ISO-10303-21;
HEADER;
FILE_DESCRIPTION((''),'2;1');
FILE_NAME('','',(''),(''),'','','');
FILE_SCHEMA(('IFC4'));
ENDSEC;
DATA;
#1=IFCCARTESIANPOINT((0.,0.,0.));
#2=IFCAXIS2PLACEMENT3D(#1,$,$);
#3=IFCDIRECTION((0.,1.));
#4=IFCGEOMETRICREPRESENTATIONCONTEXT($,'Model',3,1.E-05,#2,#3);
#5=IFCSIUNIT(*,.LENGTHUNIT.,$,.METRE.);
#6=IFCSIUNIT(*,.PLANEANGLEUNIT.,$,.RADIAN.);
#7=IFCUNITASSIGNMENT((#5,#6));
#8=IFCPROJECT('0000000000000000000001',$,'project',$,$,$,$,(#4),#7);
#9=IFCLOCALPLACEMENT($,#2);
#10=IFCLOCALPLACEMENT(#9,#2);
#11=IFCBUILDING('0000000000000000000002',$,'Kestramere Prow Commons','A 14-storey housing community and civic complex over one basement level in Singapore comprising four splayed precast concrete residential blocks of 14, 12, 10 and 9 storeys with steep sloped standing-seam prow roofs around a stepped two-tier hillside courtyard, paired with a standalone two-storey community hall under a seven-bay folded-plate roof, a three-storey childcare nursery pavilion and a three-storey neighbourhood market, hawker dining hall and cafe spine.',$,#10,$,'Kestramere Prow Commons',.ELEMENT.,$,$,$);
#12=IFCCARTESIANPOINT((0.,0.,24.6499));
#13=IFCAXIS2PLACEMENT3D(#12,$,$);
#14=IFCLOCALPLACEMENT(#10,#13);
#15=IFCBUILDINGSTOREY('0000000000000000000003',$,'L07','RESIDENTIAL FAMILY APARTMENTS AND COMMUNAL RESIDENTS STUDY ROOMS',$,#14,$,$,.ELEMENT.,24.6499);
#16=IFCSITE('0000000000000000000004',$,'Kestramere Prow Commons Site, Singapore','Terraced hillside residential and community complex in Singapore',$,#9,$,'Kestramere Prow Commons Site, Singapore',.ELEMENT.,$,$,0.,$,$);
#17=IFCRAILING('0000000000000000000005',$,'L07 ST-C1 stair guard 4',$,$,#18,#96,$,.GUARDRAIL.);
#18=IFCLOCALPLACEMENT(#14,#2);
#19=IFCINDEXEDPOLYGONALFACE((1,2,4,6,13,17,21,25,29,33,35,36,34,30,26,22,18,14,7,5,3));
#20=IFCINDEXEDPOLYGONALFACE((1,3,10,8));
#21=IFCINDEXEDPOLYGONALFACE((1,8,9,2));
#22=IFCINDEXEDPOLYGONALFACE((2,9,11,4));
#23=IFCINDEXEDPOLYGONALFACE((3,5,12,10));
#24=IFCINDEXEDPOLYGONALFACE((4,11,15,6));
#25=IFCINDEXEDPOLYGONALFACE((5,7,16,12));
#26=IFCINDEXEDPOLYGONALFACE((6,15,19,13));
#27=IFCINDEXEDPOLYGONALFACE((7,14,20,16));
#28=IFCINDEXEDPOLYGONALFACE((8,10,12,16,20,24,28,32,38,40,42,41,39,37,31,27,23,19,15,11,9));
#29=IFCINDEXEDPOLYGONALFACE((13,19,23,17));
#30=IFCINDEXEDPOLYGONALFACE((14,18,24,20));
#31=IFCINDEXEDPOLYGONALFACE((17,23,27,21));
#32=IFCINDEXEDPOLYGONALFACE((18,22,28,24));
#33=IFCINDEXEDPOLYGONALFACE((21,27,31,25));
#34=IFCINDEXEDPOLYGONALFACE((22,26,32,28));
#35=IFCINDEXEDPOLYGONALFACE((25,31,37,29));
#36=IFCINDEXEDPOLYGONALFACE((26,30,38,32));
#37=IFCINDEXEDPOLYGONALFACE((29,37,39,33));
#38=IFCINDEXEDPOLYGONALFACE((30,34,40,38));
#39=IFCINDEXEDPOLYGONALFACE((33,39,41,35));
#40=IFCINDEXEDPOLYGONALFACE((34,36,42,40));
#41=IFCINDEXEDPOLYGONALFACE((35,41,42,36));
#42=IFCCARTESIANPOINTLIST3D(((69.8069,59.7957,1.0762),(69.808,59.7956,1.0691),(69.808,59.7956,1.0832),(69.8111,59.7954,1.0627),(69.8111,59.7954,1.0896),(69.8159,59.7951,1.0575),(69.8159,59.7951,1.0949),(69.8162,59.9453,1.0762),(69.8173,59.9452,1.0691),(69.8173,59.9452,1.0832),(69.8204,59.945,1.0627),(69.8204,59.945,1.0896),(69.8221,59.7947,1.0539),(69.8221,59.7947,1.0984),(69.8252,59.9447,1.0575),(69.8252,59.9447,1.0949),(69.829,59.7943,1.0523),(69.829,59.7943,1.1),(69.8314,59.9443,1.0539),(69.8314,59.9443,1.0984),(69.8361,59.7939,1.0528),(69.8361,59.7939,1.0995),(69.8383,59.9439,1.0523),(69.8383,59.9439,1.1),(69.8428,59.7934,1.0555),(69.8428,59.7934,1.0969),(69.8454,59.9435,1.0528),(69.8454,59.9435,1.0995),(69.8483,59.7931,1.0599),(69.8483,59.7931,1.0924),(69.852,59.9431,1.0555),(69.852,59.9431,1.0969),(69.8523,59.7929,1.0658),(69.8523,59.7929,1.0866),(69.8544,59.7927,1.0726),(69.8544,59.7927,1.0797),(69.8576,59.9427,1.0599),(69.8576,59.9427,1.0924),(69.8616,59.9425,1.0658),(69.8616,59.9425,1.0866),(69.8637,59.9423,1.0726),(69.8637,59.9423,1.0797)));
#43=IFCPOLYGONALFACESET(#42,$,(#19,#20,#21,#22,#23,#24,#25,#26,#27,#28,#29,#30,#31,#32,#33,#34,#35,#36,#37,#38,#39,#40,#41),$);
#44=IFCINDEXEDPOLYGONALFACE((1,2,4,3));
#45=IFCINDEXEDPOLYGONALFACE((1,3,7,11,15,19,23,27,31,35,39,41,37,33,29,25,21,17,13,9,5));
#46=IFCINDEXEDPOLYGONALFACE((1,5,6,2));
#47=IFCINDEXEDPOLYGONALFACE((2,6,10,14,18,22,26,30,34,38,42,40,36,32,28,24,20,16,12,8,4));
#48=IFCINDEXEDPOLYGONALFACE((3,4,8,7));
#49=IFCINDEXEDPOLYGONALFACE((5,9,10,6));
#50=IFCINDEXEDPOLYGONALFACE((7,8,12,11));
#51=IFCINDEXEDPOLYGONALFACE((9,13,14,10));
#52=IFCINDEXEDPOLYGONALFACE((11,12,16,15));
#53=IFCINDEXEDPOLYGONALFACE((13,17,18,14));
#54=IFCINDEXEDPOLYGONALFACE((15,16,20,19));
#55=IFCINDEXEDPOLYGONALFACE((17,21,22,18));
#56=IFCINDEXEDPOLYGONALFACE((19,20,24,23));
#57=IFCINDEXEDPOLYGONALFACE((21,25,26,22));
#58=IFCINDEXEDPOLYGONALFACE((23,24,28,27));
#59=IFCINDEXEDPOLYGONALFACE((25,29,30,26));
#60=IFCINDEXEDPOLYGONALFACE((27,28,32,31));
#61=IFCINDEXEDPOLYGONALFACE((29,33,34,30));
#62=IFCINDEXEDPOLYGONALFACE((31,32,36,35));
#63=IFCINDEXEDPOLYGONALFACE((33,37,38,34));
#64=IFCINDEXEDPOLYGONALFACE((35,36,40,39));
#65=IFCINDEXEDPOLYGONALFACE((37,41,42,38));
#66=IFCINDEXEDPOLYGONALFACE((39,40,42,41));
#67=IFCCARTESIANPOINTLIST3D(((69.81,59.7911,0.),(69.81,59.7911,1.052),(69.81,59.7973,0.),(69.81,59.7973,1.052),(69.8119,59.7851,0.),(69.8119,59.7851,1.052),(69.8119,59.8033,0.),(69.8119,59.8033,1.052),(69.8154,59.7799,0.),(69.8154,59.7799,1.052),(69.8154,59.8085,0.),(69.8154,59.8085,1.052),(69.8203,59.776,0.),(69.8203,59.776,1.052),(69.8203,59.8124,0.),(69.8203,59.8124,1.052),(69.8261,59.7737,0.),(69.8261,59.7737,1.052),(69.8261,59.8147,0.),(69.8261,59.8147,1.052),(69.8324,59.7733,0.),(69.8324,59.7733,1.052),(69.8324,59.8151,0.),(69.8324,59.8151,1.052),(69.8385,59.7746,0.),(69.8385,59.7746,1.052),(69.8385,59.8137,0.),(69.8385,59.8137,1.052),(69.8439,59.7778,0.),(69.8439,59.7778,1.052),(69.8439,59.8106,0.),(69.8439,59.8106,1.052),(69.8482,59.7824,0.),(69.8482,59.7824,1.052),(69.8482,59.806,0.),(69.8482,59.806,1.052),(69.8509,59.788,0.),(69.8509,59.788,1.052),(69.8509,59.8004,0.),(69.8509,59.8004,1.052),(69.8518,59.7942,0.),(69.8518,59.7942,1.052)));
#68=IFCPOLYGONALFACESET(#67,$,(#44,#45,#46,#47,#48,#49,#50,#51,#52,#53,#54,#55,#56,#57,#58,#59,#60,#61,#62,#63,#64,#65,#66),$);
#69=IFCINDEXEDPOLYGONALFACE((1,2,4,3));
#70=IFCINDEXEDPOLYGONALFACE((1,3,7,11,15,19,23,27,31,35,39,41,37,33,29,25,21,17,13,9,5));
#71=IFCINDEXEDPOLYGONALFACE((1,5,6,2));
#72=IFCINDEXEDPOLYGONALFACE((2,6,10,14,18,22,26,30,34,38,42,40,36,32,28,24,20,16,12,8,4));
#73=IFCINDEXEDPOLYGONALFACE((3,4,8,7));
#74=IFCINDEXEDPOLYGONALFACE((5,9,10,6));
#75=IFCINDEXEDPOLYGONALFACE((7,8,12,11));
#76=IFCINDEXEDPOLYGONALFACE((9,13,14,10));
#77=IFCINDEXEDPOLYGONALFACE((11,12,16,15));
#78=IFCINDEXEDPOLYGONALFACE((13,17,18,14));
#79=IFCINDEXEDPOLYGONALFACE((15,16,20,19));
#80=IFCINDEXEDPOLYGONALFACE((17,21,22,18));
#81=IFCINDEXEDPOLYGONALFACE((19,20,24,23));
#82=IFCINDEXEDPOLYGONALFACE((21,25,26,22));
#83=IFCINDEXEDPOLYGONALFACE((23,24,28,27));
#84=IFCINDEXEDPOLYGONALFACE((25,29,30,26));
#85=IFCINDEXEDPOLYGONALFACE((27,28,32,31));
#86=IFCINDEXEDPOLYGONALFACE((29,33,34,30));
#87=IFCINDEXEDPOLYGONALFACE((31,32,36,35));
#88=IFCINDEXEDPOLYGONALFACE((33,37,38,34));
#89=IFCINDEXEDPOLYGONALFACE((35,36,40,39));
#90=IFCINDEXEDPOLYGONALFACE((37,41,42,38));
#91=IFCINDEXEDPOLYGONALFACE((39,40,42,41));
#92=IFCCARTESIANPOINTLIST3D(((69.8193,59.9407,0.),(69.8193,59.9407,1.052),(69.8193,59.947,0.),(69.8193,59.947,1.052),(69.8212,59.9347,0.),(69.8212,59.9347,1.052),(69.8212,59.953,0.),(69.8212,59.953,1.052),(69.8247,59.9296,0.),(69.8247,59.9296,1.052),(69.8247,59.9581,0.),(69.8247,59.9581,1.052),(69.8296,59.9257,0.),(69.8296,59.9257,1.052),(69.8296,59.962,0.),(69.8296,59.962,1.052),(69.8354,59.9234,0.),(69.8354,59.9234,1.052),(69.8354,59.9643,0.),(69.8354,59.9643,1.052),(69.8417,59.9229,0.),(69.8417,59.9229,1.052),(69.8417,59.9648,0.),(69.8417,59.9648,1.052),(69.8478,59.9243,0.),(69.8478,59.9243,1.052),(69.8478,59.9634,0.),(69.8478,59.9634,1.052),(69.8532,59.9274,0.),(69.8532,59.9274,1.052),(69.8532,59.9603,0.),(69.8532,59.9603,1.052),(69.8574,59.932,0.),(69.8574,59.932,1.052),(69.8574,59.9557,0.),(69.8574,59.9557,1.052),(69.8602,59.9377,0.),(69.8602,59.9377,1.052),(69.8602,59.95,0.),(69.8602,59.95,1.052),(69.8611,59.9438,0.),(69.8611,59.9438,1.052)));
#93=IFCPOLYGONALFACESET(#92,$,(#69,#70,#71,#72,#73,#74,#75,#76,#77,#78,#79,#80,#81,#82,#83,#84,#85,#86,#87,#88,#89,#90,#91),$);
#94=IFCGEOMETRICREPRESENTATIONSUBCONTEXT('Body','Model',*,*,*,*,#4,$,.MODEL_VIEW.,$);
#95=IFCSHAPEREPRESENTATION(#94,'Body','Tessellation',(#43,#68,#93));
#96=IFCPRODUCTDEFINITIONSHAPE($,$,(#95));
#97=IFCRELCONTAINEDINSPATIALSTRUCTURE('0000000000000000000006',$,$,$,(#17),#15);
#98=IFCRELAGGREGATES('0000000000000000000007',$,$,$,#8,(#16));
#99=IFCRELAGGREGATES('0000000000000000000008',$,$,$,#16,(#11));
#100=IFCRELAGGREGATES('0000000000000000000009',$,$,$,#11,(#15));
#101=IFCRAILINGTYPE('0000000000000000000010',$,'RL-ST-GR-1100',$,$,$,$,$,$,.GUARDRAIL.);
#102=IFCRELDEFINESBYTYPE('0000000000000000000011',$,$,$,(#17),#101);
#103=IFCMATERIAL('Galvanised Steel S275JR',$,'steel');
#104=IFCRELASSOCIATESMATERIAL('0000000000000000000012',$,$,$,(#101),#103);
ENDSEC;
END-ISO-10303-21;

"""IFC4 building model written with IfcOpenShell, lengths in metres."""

from ifc_helpers import new_model, si_unit, direction, frame, origin, origin_2d, place, context, subcontext, project, spatial, circle, extrude, material, type_object, element, save


model = new_model("IFC4")

# Units and contexts
model_context = context("Model", 3, precision=1e-05, world=origin(), true_north=direction((0.0, 1.0)))
body_context = subcontext(model_context, "Body", "Model", "MODEL_VIEW")
ifc_project = project(units=[si_unit("LENGTHUNIT", "METRE"), si_unit("PLANEANGLEUNIT", "RADIAN")], contexts=[model_context])

# Site, building, storey
site_placement = place(None, origin())
site = spatial("IfcSite", under=ifc_project, at=site_placement, Name="Kestramere Prow Commons Site, Singapore", Description="Terraced hillside residential and community complex in Singapore", LongName="Kestramere Prow Commons Site, Singapore", CompositionType="ELEMENT", RefElevation=0.0)
building_placement = place(site_placement, origin())
building = spatial("IfcBuilding", under=site, at=building_placement, Name="Kestramere Prow Commons", Description="A 14-storey housing community and civic complex over one basement level in Singapore comprising four splayed precast concrete residential blocks of 14, 12, 10 and 9 storeys with steep sloped standing-seam prow roofs around a stepped two-tier hillside courtyard, paired with a standalone two-storey community hall under a seven-bay folded-plate roof, a three-storey childcare nursery pavilion and a three-storey neighbourhood market, hawker dining hall and cafe spine.", LongName="Kestramere Prow Commons", CompositionType="ELEMENT")
storey_placement = place(building_placement, frame((0.0, 0.0, 24.6499)))
storey = spatial("IfcBuildingStorey", under=building, at=storey_placement, Name="L07", Description="RESIDENTIAL FAMILY APARTMENTS AND COMMUNAL RESIDENTS STUDY ROOMS", CompositionType="ELEMENT", Elevation=24.6499)

# Railing
ifc_material_1 = material(Name="Galvanised Steel S275JR", Category="steel")
railing_type_1 = type_object("IfcRailingType", Name="RL-ST-GR-1100", PredefinedType="GUARDRAIL", material=ifc_material_1)
railing_1_placement = place(storey_placement, frame((69.8308, 59.7942, 0.0)))
element("IfcRailing", 1, at=railing_1_placement, inside=storey, type_object=railing_type_1, Name="L07 ST-C1 stair guard 4", PredefinedType="GUARDRAIL", context=body_context, shape_type="SweptSolid", body=[
    extrude(circle(Radius=0.0239, at=origin_2d()), frame((0.0, 0.0, 1.0762), z_axis=(0.061871, 0.998084, 0.0), x_axis=(-0.998084, 0.061871, 0.0)), (0.0, 0.0, 1.0), 0.1499),
    extrude(circle(Radius=0.021, at=origin_2d()), origin(), (0.0, 0.0, 1.0), 1.052),
    extrude(circle(Radius=0.021, at=origin_2d()), frame((0.0093, 0.1497, 0.0)), (0.0, 0.0, 1.0), 1.052),
])

save(model, "model.ifc")
